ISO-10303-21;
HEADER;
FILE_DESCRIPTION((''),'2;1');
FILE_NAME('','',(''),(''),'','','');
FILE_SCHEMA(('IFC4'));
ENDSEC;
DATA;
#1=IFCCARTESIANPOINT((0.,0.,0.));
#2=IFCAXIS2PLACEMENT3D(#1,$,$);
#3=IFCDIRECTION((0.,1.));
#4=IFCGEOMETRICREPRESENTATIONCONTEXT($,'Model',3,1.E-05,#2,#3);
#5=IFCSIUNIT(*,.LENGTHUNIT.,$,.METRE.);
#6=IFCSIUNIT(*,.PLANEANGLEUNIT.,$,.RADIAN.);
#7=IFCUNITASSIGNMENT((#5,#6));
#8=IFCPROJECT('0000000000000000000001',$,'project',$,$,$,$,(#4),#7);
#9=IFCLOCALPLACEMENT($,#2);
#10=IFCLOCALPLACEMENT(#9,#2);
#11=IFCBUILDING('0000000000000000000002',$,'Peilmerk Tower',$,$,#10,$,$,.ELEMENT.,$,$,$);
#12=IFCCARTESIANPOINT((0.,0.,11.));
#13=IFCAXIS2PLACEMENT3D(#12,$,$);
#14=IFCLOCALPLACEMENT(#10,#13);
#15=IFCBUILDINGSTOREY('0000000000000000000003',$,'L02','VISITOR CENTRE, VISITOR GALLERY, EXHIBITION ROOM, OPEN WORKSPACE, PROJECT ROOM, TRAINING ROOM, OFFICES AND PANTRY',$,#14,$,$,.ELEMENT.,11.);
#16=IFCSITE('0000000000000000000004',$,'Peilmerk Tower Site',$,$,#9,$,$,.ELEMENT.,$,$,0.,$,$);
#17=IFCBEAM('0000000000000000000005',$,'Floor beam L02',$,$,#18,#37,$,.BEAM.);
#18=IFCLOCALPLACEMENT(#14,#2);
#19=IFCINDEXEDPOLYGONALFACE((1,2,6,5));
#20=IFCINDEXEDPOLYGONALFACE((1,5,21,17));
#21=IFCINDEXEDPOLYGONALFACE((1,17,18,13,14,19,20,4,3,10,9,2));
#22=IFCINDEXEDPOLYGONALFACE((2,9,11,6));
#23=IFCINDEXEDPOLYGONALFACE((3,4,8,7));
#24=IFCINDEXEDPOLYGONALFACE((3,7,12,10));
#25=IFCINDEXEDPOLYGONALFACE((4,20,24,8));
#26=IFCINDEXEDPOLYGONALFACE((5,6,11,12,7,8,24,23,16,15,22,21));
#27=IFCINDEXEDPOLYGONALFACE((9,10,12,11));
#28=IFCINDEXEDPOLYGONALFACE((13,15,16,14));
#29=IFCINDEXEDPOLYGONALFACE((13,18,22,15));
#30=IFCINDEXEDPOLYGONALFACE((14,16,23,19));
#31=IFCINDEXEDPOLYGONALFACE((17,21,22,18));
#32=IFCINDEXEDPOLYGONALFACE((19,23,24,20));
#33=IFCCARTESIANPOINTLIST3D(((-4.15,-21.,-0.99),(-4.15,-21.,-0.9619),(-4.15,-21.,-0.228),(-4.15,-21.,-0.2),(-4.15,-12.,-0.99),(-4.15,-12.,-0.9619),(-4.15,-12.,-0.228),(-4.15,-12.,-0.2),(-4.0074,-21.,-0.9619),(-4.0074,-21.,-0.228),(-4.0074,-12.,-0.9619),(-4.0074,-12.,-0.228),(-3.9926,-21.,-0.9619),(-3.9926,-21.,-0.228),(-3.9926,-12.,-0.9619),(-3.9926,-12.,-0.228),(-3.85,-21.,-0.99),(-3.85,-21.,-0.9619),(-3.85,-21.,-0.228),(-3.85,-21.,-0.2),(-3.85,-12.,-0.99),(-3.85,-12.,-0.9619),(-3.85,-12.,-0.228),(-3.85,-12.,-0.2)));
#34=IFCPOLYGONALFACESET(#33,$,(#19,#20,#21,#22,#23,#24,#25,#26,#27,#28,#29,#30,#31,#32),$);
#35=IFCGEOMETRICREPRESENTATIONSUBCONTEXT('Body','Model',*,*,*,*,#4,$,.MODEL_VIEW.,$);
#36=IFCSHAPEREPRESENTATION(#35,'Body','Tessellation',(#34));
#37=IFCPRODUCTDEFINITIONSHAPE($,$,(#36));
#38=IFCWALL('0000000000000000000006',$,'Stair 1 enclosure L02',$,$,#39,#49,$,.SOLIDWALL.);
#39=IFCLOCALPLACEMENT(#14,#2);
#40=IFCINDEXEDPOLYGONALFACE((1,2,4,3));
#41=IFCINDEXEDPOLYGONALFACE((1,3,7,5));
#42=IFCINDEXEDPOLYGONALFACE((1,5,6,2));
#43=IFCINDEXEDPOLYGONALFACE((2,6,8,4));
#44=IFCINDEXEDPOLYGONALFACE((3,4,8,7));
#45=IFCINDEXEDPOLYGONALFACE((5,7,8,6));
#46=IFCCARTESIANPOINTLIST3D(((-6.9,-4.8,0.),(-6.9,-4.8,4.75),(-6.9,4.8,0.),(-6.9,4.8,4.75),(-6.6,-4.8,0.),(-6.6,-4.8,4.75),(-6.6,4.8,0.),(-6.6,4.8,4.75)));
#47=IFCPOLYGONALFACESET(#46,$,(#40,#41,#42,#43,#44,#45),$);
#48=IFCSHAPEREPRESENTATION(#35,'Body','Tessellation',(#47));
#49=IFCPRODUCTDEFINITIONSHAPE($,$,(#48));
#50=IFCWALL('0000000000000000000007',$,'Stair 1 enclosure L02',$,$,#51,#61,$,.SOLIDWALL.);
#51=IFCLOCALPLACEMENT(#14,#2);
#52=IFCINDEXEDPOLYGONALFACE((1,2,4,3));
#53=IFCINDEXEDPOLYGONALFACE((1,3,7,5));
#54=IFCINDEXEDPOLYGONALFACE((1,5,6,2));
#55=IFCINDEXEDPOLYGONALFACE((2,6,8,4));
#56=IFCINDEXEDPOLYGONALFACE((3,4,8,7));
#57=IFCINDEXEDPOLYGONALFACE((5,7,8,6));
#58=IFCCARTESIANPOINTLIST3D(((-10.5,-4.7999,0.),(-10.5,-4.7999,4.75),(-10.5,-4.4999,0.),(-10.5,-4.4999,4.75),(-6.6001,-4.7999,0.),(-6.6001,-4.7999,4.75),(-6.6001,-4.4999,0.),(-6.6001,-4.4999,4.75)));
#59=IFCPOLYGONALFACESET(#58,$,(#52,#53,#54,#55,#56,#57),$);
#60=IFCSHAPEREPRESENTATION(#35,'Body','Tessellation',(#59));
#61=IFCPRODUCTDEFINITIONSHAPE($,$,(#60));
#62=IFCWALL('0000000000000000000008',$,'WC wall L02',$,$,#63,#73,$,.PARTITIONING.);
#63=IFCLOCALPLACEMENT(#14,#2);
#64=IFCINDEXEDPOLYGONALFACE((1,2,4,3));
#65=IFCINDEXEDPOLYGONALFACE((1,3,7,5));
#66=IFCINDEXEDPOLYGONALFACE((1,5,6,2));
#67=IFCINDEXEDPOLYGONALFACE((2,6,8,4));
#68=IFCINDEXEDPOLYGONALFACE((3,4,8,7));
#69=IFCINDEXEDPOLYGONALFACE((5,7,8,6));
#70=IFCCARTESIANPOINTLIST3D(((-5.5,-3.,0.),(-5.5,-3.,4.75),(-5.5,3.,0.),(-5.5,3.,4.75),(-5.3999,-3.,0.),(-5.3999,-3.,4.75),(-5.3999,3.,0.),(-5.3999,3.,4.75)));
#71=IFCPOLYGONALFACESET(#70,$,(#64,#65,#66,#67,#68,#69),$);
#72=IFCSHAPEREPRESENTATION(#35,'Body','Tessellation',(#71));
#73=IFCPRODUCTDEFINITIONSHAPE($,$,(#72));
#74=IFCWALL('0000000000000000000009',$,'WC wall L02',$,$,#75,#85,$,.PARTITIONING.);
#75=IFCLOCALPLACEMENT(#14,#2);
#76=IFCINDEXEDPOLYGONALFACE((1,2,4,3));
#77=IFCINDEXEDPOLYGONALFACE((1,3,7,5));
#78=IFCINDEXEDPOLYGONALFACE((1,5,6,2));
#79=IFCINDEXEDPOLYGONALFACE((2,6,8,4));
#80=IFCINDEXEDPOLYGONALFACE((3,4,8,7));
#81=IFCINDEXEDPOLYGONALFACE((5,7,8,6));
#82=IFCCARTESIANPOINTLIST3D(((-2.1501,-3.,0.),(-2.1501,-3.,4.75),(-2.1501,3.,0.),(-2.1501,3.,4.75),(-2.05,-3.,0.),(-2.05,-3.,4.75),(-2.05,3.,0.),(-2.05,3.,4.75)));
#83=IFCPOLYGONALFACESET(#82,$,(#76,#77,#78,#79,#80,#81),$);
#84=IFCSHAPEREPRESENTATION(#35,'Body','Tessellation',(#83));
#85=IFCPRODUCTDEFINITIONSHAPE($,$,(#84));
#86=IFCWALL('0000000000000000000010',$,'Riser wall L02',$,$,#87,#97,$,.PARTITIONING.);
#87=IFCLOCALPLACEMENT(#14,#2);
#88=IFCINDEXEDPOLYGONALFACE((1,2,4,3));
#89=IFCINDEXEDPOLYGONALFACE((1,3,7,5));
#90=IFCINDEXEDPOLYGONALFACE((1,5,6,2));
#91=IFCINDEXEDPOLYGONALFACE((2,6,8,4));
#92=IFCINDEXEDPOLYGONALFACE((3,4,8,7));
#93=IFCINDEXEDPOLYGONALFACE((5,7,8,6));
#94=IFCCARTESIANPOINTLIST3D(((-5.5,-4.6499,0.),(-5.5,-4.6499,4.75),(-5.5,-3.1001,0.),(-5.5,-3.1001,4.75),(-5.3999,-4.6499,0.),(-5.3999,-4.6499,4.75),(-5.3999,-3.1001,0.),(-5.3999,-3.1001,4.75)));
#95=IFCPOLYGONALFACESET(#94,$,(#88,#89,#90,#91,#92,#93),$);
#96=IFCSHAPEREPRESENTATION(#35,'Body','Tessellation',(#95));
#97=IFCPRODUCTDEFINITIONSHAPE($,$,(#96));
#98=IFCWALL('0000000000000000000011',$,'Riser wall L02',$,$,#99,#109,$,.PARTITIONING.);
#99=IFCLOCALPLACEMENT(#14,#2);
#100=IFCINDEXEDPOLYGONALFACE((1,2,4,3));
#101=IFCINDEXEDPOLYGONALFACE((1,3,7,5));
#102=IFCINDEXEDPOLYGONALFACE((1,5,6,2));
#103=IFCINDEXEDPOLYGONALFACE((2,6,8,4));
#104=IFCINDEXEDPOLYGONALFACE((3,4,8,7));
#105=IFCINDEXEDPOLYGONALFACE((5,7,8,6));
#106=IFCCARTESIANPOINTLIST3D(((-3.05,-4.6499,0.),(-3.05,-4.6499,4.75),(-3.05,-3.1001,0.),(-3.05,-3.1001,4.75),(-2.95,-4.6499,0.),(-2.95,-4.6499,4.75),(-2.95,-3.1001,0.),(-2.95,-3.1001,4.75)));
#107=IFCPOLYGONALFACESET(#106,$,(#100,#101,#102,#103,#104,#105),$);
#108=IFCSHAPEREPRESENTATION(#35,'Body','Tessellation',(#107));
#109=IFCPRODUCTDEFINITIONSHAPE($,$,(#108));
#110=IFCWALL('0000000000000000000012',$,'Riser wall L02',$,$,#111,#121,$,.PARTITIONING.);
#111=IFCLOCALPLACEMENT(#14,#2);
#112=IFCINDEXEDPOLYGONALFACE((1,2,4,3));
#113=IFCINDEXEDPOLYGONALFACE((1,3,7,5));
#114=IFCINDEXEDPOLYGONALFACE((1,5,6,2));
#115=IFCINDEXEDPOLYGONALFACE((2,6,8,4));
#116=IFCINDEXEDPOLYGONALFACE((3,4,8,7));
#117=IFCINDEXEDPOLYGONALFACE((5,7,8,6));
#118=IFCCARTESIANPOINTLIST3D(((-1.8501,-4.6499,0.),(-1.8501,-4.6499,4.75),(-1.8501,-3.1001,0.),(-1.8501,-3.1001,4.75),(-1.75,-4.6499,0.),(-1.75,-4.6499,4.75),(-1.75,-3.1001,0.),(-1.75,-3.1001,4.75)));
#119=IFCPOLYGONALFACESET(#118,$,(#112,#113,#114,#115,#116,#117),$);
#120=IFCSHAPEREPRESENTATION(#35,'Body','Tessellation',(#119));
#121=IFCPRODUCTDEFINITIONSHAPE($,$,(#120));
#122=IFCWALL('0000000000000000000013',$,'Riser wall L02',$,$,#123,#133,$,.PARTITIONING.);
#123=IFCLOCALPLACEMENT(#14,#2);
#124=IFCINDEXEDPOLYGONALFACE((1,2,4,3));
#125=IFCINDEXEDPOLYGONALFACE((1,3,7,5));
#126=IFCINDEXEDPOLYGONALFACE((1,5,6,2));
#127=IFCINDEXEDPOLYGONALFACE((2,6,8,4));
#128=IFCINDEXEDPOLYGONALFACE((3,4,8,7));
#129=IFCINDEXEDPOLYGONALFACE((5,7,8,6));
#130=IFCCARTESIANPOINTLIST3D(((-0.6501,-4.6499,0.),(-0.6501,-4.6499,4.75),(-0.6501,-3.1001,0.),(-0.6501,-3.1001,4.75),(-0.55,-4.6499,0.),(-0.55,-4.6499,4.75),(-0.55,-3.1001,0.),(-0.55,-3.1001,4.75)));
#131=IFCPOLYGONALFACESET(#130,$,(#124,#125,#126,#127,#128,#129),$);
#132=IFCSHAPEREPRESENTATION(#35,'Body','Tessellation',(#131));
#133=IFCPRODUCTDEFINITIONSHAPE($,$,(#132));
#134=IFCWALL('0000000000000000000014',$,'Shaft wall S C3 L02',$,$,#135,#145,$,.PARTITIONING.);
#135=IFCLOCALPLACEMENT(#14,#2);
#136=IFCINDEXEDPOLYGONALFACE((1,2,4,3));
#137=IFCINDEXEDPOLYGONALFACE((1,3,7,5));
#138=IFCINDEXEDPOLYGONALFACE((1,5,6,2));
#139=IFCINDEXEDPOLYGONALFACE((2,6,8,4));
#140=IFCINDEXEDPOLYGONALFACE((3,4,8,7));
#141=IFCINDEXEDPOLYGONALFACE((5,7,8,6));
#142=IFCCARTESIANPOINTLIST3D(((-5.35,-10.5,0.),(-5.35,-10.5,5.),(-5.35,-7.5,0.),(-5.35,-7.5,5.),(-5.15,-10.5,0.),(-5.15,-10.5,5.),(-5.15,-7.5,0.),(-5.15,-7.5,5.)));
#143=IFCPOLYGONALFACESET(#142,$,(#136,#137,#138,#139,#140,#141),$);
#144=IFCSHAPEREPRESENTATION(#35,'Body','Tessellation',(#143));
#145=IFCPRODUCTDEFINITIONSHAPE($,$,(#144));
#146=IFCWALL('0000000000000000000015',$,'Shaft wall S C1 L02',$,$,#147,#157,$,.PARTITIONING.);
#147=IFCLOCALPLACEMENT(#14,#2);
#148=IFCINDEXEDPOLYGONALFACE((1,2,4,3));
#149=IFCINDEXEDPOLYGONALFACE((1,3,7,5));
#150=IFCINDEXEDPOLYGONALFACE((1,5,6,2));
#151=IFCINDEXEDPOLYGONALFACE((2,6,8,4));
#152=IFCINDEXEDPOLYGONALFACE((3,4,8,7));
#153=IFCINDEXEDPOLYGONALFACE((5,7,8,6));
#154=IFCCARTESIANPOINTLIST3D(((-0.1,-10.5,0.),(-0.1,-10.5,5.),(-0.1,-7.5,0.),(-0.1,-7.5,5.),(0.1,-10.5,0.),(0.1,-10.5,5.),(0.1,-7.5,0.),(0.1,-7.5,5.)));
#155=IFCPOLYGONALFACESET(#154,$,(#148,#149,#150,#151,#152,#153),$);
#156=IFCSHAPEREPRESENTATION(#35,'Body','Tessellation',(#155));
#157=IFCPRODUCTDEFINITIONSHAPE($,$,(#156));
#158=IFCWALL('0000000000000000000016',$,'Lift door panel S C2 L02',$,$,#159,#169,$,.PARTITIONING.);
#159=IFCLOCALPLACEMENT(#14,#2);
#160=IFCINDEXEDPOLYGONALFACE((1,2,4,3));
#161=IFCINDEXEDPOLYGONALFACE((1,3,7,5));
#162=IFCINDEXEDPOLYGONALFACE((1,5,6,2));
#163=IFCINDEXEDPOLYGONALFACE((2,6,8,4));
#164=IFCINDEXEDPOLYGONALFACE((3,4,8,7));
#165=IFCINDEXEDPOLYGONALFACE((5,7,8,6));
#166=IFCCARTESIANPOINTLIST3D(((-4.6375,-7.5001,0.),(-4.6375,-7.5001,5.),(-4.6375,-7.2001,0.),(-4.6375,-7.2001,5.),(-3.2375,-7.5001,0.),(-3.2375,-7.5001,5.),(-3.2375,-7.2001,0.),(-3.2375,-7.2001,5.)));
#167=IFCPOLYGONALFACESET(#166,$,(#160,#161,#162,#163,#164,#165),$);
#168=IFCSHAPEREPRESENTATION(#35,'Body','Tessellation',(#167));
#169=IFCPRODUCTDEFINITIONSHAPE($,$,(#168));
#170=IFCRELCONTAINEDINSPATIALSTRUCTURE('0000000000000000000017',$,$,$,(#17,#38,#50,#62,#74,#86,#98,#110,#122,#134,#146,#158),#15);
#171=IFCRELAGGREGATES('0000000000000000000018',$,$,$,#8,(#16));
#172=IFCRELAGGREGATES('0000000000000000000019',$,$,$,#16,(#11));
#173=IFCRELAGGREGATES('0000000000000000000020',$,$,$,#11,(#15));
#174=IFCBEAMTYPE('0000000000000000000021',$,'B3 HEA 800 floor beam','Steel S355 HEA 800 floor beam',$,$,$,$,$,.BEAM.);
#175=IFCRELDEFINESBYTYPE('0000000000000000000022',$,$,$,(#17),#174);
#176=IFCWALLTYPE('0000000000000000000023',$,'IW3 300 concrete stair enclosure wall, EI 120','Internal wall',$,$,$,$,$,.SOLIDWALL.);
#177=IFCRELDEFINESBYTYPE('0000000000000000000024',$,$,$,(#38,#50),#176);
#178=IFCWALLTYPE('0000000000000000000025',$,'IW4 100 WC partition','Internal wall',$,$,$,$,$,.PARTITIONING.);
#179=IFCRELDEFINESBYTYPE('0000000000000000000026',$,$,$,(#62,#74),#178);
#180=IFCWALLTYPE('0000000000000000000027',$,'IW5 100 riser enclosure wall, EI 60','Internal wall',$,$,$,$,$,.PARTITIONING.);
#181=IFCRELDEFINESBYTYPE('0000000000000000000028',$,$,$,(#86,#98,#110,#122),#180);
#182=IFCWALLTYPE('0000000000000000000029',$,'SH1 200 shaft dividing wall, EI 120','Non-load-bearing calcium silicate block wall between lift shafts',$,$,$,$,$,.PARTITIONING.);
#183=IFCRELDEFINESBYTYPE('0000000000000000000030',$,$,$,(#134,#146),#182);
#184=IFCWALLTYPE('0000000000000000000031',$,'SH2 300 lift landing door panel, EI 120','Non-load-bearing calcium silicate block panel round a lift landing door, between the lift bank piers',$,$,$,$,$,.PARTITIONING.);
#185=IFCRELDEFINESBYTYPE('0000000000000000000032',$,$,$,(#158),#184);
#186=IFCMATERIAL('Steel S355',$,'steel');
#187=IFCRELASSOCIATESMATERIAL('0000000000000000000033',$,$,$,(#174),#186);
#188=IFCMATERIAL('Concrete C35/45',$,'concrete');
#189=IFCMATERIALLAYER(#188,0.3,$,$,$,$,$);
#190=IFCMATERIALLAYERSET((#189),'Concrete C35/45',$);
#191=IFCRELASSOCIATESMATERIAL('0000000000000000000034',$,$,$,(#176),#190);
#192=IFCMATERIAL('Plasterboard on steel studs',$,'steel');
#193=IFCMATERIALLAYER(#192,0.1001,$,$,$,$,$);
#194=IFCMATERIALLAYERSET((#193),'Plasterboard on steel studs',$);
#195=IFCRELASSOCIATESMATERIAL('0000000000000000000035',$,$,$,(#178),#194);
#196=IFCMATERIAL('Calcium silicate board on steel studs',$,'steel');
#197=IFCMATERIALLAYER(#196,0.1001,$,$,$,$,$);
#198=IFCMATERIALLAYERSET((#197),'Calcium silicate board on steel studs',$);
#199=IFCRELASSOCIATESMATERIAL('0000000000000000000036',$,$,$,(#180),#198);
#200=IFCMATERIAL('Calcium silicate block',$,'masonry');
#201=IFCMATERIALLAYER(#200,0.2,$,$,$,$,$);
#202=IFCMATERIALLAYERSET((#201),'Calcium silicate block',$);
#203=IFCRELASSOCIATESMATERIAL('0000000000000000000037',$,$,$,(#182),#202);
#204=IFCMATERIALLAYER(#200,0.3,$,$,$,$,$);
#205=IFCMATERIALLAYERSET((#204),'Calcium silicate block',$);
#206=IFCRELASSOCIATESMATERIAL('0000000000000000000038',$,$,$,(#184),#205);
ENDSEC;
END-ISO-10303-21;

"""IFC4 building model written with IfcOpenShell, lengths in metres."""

from ifc_helpers import new_model, si_unit, direction, frame, frame_2d, origin, origin_2d, place, context, subcontext, project, spatial, rectangle, i_section, extrude, material, layer, layer_set, material_profile, profile_set, type_object, element, save


model = new_model("IFC4")

# Units and contexts
model_context = context("Model", 3, precision=1e-05, world=origin(), true_north=direction((0.0, 1.0)))
body_context = subcontext(model_context, "Body", "Model", "MODEL_VIEW")
ifc_project = project(units=[si_unit("LENGTHUNIT", "METRE"), si_unit("PLANEANGLEUNIT", "RADIAN")], contexts=[model_context])

# Site, building, storey
site_placement = place(None, origin())
site = spatial("IfcSite", under=ifc_project, at=site_placement, Name="Peilmerk Tower Site", CompositionType="ELEMENT", RefElevation=0.0)
building_placement = place(site_placement, origin())
building = spatial("IfcBuilding", under=site, at=building_placement, Name="Peilmerk Tower", CompositionType="ELEMENT")
storey_placement = place(building_placement, frame((0.0, 0.0, 11.0)))
storey = spatial("IfcBuildingStorey", under=building, at=storey_placement, Name="L02", Description="VISITOR CENTRE, VISITOR GALLERY, EXHIBITION ROOM, OPEN WORKSPACE, PROJECT ROOM, TRAINING ROOM, OFFICES AND PANTRY", CompositionType="ELEMENT", Elevation=11.0)

# Beam
ifc_material_1 = material(Name="Steel S355", Category="steel")
ifc_material_profile = material_profile(ifc_material_1, i_section(OverallWidth=0.3, OverallDepth=0.79, WebThickness=0.0149, FlangeThickness=0.0281, at=origin_2d()), Name="HEA 800")
ifc_profile_set = profile_set([ifc_material_profile], Name="Steel S355")
beam_type = type_object("IfcBeamType", Name="B3 HEA 800 floor beam", Description="Steel S355 HEA 800 floor beam", PredefinedType="BEAM", material=ifc_profile_set)
beam_placement = place(storey_placement, frame((-4.0, -12.0, -0.595), z_axis=(0.0, -1.0, 0.0), x_axis=(1.0, 0.0, 0.0)))
element("IfcBeam", 1, at=beam_placement, inside=storey, type_object=beam_type, Name="Floor beam L02", PredefinedType="BEAM", context=body_context, shape_type="SweptSolid", body=[
    extrude(i_section(OverallWidth=0.3, OverallDepth=0.79, WebThickness=0.0149, FlangeThickness=0.0281, at=origin_2d()), origin(), (0.0, 0.0, 1.0), 9.0),
])

# Walls
ifc_material_2 = material(Name="Concrete C35/45", Category="concrete")
ifc_layer_1 = layer(ifc_material_2, 0.3)
ifc_layer_set_1 = layer_set([ifc_layer_1], Name="Concrete C35/45")
wall_type_1 = type_object("IfcWallType", Name="IW3 300 concrete stair enclosure wall, EI 120", Description="Internal wall", PredefinedType="SOLIDWALL", material=ifc_layer_set_1)
wall_1_placement = place(storey_placement, frame((-6.75, -4.8, 0.0), z_axis=(0.0, 0.0, 1.0), x_axis=(0.0, 1.0, 0.0)))
element("IfcWall", 2, at=wall_1_placement, inside=storey, type_object=wall_type_1, Name="Stair 1 enclosure L02", PredefinedType="SOLIDWALL", context=body_context, shape_type="SweptSolid", body=[
    extrude(rectangle(XDim=9.6001, YDim=0.3, at=frame_2d((4.8, 0.0))), origin(), (0.0, 0.0, 1.0), 4.75),
])
wall_2_placement = place(storey_placement, frame((-6.6001, -4.6499, 0.0), z_axis=(0.0, 0.0, 1.0), x_axis=(-1.0, 0.0, 0.0)))
element("IfcWall", 3, at=wall_2_placement, inside=storey, type_object=wall_type_1, Name="Stair 1 enclosure L02", PredefinedType="SOLIDWALL", context=body_context, shape_type="SweptSolid", body=[
    extrude(rectangle(XDim=3.8999, YDim=0.3, at=frame_2d((1.95, 0.0))), origin(), (0.0, 0.0, 1.0), 4.75),
])
ifc_material_3 = material(Name="Plasterboard on steel studs", Category="steel")
ifc_layer_2 = layer(ifc_material_3, 0.1001)
ifc_layer_set_2 = layer_set([ifc_layer_2], Name="Plasterboard on steel studs")
wall_type_2 = type_object("IfcWallType", Name="IW4 100 WC partition", Description="Internal wall", PredefinedType="PARTITIONING", material=ifc_layer_set_2)
for number, where, z_axis, x_axis, name in (
    (4, (-5.45, -3.0, 0.0), (0.0, 0.0, 1.0), (0.0, 1.0, 0.0), "WC wall L02"),
    (5, (-2.1001, -3.0, 0.0), (0.0, 0.0, 1.0), (0.0, 1.0, 0.0), "WC wall L02"),
):
    element("IfcWall", number, at=place(storey_placement, frame(where, z_axis=z_axis, x_axis=x_axis)), inside=storey, type_object=wall_type_2, Name=name, PredefinedType="PARTITIONING", context=body_context, shape_type="SweptSolid", body=[
        extrude(rectangle(XDim=6.0, YDim=0.1001, at=frame_2d((3.0, 0.0))), origin(), (0.0, 0.0, 1.0), 4.75),
    ])
ifc_material_4 = material(Name="Calcium silicate board on steel studs", Category="steel")
ifc_layer_3 = layer(ifc_material_4, 0.1001)
ifc_layer_set_3 = layer_set([ifc_layer_3], Name="Calcium silicate board on steel studs")
wall_type_3 = type_object("IfcWallType", Name="IW5 100 riser enclosure wall, EI 60", Description="Internal wall", PredefinedType="PARTITIONING", material=ifc_layer_set_3)
for number, where, z_axis, x_axis, name in (
    (6, (-5.45, -3.1001, 0.0), (0.0, 0.0, 1.0), (0.0, -1.0, 0.0), "Riser wall L02"),
    (7, (-3.0, -3.1001, 0.0), (0.0, 0.0, 1.0), (0.0, -1.0, 0.0), "Riser wall L02"),
    (8, (-1.8, -3.1001, 0.0), (0.0, 0.0, 1.0), (0.0, -1.0, 0.0), "Riser wall L02"),
    (9, (-0.6001, -3.1001, 0.0), (0.0, 0.0, 1.0), (0.0, -1.0, 0.0), "Riser wall L02"),
):
    element("IfcWall", number, at=place(storey_placement, frame(where, z_axis=z_axis, x_axis=x_axis)), inside=storey, type_object=wall_type_3, Name=name, PredefinedType="PARTITIONING", context=body_context, shape_type="SweptSolid", body=[
        extrude(rectangle(XDim=1.5498, YDim=0.1001, at=frame_2d((0.7749, 0.0))), origin(), (0.0, 0.0, 1.0), 4.75),
    ])
ifc_material_5 = material(Name="Calcium silicate block", Category="masonry")
ifc_layer_4 = layer(ifc_material_5, 0.2)
ifc_layer_set_4 = layer_set([ifc_layer_4], Name="Calcium silicate block")
wall_type_4 = type_object("IfcWallType", Name="SH1 200 shaft dividing wall, EI 120", Description="Non-load-bearing calcium silicate block wall between lift shafts", PredefinedType="PARTITIONING", material=ifc_layer_set_4)
for number, where, z_axis, x_axis, name in (
    (10, (-5.25, -10.5, 0.0), (0.0, 0.0, 1.0), (0.0, 1.0, 0.0), "Shaft wall S C3 L02"),
    (11, (0.0, -10.5, 0.0), (0.0, 0.0, 1.0), (0.0, 1.0, 0.0), "Shaft wall S C1 L02"),
):
    element("IfcWall", number, at=place(storey_placement, frame(where, z_axis=z_axis, x_axis=x_axis)), inside=storey, type_object=wall_type_4, Name=name, PredefinedType="PARTITIONING", context=body_context, shape_type="SweptSolid", body=[
        extrude(rectangle(XDim=3.0, YDim=0.2, at=frame_2d((1.5, 0.0))), origin(), (0.0, 0.0, 1.0), 5.0),
    ])
ifc_layer_5 = layer(ifc_material_5, 0.3)
ifc_layer_set_5 = layer_set([ifc_layer_5], Name="Calcium silicate block")
wall_type_5 = type_object("IfcWallType", Name="SH2 300 lift landing door panel, EI 120", Description="Non-load-bearing calcium silicate block panel round a lift landing door, between the lift bank piers", PredefinedType="PARTITIONING", material=ifc_layer_set_5)
wall_3_placement = place(storey_placement, frame((-4.6375, -7.3501, 0.0), z_axis=(0.0, 0.0, 1.0), x_axis=(1.0, 0.0, 0.0)))
element("IfcWall", 12, at=wall_3_placement, inside=storey, type_object=wall_type_5, Name="Lift door panel S C2 L02", PredefinedType="PARTITIONING", context=body_context, shape_type="SweptSolid", body=[
    extrude(rectangle(XDim=1.3999, YDim=0.3, at=frame_2d((0.7, 0.0))), origin(), (0.0, 0.0, 1.0), 5.0),
])

save(model, "model.ifc")
